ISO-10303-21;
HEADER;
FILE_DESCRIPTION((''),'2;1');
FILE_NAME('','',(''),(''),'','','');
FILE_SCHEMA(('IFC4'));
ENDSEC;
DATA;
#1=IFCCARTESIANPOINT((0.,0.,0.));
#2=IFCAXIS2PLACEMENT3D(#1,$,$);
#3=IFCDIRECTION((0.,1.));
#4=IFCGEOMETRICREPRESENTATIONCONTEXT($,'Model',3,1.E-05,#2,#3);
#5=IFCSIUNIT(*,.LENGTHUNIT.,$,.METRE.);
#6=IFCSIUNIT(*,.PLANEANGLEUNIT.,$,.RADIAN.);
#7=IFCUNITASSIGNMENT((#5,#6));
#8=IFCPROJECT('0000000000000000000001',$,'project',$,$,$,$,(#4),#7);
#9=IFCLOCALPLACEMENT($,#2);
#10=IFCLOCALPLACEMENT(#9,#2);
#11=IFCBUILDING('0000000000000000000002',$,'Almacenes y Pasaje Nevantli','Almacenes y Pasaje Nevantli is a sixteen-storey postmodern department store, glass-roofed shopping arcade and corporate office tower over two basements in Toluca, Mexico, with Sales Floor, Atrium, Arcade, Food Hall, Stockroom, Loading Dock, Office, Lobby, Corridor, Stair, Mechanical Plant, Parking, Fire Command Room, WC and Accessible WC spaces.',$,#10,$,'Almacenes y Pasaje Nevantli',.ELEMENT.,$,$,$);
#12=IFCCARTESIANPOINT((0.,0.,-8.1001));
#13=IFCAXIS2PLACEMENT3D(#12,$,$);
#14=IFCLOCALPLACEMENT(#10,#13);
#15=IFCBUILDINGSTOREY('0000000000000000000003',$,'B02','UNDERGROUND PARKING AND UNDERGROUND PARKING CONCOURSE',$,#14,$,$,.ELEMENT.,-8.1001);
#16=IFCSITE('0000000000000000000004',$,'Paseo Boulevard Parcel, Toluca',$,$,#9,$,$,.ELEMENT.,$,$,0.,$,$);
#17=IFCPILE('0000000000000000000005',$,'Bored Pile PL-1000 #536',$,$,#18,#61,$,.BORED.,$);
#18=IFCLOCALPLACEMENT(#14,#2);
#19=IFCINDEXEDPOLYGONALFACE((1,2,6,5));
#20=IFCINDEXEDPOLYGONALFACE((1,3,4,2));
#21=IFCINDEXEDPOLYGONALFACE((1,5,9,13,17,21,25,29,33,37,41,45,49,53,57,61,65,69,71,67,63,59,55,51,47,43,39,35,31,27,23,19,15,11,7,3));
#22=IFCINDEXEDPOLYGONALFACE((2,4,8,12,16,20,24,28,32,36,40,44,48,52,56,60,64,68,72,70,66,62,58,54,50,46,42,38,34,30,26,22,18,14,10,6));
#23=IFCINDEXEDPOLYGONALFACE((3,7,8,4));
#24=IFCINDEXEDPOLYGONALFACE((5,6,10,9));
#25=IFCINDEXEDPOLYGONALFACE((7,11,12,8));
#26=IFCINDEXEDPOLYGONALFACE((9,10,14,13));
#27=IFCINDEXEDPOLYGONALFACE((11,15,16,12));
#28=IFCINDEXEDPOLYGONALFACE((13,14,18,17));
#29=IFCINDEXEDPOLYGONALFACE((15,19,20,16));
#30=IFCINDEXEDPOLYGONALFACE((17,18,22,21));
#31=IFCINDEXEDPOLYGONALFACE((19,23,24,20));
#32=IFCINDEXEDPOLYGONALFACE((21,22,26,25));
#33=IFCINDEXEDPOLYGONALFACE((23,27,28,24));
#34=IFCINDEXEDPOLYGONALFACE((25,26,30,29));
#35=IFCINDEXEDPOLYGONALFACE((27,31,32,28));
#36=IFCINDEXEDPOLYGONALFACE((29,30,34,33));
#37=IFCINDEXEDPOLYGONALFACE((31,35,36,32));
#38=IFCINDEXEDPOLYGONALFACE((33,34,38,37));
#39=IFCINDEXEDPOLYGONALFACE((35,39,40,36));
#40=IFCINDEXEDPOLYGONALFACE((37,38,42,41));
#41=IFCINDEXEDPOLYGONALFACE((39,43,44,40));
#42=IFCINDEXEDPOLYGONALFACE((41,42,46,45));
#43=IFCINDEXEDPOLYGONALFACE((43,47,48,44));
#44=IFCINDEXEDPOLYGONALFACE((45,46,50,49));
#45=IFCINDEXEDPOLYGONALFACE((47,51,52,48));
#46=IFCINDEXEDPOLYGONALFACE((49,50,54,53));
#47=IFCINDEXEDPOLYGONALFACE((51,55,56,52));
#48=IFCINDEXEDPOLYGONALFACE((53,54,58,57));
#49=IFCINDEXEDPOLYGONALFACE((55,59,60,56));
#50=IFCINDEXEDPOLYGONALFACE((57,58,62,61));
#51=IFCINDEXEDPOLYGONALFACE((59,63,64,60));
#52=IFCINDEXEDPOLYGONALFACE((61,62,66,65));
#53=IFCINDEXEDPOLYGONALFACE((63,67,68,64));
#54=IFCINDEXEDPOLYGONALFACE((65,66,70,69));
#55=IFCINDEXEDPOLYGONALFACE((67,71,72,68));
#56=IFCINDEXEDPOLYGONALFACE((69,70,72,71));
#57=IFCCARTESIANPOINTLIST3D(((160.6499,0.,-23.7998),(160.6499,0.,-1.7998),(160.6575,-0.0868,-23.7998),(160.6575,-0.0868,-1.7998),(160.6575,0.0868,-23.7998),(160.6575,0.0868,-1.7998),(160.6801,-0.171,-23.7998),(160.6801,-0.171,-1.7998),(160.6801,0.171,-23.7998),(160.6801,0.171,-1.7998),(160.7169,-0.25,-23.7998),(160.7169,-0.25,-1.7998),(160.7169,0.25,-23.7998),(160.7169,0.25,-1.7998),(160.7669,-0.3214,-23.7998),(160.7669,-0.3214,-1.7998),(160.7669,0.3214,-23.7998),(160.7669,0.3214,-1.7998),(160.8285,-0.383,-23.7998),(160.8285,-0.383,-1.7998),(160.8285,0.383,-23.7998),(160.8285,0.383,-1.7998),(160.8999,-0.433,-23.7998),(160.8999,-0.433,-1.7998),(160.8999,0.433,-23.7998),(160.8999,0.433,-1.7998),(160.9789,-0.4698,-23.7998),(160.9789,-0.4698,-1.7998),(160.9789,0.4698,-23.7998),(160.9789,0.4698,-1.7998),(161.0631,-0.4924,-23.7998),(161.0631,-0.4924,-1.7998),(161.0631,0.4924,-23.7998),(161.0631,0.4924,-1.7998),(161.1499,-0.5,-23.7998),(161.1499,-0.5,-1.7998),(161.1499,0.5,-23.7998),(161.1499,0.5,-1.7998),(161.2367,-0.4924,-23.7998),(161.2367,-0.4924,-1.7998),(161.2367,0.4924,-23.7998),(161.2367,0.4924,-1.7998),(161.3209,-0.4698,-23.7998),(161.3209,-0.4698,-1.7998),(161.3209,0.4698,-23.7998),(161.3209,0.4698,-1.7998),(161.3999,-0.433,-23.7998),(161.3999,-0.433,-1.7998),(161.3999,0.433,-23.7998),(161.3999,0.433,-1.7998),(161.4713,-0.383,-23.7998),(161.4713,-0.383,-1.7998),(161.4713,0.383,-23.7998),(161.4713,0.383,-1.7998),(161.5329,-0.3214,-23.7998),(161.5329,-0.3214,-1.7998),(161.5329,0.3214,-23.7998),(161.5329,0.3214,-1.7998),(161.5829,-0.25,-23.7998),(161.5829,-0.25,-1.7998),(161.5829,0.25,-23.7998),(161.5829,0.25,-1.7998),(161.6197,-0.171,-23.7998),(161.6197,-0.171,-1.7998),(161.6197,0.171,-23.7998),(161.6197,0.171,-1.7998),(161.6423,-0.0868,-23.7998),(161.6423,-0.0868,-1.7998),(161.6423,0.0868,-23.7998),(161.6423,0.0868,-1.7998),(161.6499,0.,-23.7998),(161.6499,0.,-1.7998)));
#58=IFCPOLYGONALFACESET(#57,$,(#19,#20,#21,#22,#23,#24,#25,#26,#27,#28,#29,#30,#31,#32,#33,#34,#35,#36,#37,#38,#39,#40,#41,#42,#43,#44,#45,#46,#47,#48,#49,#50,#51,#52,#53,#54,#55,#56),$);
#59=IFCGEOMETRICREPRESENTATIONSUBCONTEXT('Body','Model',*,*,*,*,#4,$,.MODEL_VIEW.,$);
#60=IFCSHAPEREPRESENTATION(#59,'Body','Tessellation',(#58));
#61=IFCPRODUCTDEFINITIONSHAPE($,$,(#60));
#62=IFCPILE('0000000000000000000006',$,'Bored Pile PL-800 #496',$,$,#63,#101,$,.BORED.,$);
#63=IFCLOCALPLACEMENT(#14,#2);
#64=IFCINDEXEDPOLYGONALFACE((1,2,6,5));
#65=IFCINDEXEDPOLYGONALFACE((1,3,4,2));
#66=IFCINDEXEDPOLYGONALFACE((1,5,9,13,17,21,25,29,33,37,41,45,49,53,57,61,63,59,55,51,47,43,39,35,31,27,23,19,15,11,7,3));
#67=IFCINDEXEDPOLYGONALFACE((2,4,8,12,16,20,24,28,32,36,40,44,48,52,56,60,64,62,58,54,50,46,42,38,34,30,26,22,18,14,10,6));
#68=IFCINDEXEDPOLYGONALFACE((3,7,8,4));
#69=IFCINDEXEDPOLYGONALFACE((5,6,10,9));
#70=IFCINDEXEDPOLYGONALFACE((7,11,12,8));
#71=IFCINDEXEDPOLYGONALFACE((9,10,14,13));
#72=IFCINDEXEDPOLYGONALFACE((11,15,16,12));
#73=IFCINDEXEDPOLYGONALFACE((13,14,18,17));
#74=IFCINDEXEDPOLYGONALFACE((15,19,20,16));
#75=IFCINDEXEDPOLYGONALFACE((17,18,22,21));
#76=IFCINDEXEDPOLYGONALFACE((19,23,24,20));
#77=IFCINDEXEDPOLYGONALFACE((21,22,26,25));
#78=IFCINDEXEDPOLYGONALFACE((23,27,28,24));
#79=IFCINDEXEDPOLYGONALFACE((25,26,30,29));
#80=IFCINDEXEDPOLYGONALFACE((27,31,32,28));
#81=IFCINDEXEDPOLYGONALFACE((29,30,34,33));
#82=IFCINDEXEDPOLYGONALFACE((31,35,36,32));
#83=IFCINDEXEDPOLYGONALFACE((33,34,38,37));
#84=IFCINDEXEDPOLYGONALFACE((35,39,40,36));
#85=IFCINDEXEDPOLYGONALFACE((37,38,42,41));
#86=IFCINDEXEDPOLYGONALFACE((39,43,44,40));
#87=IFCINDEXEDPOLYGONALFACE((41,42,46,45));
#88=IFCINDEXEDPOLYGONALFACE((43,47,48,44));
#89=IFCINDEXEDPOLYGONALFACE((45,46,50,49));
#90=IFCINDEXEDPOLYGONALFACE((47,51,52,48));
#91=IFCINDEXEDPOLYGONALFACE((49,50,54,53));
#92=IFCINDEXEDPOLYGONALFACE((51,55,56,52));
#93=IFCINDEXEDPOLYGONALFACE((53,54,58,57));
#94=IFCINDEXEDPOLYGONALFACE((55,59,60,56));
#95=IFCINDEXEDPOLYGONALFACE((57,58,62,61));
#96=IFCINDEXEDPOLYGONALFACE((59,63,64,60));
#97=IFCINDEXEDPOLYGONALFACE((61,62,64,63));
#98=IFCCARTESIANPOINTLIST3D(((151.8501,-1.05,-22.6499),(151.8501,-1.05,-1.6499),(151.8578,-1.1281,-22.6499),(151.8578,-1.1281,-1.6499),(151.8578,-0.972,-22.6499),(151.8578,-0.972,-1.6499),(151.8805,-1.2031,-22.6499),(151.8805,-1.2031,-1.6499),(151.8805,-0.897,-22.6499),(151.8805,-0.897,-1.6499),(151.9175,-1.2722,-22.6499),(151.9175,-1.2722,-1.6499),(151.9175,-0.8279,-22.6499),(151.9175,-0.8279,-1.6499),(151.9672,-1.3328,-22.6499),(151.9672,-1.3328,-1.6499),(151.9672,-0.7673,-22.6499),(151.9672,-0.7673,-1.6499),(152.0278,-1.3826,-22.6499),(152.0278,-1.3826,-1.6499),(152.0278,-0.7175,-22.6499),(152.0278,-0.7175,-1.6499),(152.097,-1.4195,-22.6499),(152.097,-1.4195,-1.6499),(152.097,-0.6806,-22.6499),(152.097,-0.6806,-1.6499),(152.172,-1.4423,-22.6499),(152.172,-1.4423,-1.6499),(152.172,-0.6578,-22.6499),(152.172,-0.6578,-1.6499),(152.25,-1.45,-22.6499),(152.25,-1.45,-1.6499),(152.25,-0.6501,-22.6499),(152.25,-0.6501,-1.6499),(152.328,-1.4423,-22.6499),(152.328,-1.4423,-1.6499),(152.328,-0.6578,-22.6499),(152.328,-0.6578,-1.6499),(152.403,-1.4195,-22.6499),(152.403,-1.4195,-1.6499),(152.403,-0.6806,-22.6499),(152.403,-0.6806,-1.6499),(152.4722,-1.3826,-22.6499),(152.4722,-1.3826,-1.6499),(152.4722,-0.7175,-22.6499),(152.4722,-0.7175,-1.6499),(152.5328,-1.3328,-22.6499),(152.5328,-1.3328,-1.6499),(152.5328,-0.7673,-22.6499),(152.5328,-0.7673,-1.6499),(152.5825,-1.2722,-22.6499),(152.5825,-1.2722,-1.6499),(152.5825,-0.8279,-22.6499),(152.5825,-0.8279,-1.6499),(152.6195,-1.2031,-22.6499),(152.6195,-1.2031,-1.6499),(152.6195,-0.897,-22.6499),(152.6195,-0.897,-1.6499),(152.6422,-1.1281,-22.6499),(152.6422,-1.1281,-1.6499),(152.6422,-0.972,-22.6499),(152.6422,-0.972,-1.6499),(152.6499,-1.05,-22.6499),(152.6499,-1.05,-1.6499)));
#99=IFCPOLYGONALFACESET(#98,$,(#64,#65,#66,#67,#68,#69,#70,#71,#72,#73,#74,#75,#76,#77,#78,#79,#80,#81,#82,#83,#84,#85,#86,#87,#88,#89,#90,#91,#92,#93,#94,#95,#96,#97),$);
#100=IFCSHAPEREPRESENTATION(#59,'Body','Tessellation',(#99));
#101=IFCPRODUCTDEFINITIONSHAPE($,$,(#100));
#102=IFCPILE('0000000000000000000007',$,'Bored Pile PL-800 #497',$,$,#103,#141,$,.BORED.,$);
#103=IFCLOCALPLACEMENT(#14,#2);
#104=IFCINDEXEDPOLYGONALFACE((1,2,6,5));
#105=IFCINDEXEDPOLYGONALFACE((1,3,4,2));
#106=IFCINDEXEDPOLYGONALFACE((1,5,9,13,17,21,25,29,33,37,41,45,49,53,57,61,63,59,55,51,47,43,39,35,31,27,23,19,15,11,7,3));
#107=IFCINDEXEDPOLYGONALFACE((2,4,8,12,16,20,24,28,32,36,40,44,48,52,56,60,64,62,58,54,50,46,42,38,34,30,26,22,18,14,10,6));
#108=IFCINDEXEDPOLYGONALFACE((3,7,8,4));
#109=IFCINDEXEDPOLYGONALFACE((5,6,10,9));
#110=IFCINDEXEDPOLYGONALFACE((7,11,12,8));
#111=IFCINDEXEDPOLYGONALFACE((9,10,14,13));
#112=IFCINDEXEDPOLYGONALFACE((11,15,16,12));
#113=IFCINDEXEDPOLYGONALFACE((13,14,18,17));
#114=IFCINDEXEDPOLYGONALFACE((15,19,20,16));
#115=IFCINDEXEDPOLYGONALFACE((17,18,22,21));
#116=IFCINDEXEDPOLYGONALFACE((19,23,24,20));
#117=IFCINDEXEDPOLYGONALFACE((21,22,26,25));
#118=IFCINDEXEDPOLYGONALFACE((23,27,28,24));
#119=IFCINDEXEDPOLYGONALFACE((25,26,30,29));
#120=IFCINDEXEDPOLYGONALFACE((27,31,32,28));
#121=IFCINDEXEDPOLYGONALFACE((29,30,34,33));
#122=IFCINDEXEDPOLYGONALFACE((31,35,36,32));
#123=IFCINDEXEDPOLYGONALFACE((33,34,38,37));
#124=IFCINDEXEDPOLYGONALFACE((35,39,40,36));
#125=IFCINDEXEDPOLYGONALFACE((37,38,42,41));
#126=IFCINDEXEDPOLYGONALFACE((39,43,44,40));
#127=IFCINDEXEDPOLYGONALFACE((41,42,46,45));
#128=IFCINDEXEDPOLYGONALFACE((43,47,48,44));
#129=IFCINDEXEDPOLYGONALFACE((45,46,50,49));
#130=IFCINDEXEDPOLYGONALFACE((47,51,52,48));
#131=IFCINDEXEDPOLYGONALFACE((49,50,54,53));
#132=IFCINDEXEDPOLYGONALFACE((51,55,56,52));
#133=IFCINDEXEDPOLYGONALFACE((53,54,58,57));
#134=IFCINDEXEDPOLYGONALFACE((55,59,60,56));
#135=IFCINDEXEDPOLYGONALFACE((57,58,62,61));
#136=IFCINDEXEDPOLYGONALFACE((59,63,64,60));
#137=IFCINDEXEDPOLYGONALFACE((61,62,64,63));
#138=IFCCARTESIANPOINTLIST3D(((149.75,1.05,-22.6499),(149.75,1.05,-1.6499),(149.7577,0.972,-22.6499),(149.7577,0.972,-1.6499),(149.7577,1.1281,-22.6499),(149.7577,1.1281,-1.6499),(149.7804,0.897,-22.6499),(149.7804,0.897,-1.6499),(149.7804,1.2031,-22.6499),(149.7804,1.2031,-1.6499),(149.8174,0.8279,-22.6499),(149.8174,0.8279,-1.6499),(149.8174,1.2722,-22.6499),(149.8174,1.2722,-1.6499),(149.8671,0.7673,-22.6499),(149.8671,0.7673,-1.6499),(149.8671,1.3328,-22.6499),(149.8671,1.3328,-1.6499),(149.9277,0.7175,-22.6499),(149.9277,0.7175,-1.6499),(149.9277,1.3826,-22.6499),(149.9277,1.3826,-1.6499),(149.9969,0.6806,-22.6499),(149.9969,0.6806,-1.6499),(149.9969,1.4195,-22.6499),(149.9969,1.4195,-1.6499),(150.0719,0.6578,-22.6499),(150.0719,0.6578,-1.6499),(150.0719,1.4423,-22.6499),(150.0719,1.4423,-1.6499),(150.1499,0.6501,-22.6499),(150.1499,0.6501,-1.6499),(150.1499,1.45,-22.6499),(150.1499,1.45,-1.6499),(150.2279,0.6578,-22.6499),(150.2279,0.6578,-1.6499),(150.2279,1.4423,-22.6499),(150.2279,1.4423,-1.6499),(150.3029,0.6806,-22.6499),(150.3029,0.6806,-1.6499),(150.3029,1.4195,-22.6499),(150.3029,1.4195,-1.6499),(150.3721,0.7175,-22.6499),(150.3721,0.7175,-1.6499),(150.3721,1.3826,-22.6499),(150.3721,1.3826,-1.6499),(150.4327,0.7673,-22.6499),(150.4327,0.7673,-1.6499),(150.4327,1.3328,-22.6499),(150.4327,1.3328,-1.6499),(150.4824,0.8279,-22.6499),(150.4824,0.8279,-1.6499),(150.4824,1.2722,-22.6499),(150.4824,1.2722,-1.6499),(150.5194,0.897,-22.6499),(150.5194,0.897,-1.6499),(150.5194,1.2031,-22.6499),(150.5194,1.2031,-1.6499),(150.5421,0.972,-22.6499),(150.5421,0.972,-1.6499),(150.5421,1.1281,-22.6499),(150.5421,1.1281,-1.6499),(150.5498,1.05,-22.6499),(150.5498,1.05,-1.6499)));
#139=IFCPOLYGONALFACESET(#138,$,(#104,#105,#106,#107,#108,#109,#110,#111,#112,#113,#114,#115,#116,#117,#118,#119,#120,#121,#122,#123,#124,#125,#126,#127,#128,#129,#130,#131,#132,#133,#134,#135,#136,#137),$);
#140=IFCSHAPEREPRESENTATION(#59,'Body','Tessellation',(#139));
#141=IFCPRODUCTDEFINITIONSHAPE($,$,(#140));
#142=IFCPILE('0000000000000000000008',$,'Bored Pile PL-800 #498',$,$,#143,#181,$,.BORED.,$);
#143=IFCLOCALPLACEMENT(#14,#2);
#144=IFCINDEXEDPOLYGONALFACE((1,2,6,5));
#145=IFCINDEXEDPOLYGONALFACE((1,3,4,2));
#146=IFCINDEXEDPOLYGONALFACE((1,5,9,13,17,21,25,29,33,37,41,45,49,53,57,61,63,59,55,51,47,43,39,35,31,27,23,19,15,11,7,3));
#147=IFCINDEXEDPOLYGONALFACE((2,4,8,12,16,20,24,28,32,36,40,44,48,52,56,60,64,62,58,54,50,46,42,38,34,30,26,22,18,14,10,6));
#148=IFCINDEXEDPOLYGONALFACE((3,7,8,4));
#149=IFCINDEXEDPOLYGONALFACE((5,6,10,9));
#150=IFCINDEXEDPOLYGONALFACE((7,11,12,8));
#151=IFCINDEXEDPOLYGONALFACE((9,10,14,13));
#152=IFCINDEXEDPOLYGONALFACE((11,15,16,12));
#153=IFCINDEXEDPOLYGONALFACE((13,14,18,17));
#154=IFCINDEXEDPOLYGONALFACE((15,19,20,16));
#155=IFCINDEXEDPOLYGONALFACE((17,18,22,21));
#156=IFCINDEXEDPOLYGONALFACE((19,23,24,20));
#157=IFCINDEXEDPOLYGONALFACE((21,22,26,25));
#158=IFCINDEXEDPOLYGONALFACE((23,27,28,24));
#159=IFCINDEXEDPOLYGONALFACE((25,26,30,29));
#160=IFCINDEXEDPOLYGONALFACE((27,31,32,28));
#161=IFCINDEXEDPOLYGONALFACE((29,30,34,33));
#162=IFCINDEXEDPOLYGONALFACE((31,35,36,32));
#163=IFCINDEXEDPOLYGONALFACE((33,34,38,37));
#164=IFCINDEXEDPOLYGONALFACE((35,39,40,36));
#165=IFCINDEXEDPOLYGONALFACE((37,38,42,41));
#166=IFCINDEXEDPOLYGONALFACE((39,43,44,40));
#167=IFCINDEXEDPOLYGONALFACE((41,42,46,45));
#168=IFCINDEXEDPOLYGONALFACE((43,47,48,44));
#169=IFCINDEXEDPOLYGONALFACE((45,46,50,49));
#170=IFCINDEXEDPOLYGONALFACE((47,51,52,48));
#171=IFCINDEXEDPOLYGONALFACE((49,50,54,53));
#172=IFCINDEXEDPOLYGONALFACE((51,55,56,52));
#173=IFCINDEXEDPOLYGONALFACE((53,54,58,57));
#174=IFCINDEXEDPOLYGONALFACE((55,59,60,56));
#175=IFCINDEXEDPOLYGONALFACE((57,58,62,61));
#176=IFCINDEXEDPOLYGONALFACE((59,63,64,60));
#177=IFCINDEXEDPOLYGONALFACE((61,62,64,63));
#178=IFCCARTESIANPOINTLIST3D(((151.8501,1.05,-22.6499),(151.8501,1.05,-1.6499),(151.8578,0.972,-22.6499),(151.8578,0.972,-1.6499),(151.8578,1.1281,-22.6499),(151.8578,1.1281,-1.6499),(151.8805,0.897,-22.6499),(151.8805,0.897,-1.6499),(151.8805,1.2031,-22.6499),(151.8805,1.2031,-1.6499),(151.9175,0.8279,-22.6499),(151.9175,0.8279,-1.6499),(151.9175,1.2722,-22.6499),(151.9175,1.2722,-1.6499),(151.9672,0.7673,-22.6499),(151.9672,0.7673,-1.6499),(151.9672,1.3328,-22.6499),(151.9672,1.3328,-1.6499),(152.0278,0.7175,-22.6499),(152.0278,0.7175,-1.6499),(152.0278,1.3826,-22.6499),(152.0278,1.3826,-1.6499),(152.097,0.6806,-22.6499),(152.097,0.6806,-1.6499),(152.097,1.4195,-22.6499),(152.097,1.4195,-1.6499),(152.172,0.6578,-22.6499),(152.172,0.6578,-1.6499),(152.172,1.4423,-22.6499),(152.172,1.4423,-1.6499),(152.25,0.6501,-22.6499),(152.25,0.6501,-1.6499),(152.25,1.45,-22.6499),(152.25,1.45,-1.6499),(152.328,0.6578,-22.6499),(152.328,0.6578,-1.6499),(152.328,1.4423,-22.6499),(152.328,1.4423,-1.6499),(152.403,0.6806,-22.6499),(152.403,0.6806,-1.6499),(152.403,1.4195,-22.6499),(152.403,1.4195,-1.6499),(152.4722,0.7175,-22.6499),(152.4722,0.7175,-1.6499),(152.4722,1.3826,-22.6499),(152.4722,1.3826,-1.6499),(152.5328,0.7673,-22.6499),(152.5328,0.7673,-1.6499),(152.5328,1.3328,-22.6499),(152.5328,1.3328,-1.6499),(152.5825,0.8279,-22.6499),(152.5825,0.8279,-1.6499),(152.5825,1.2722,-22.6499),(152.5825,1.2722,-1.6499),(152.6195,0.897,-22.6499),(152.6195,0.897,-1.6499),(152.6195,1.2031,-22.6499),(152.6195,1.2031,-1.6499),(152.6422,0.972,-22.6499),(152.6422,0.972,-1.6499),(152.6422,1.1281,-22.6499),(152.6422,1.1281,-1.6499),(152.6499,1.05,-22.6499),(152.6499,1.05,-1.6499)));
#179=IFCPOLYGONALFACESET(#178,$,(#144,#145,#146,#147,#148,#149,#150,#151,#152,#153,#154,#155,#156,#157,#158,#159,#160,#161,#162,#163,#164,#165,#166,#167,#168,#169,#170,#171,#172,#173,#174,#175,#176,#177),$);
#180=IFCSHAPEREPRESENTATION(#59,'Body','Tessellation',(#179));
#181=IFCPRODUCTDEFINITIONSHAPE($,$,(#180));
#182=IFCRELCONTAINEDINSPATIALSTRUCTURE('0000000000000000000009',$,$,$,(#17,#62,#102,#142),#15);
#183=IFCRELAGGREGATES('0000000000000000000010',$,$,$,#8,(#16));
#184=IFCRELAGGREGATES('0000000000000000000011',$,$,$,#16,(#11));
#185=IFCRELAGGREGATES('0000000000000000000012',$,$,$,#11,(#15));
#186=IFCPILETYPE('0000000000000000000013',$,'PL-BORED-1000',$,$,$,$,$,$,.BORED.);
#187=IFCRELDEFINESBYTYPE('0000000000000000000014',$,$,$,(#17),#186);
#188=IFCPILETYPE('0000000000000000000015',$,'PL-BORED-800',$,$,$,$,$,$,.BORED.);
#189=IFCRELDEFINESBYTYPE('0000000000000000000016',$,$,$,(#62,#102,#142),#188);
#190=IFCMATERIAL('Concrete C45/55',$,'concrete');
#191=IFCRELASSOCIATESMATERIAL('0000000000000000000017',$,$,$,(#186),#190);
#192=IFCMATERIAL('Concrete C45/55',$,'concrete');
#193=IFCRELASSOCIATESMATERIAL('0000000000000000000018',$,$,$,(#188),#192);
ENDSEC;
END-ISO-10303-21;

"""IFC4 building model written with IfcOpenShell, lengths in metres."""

from ifc_helpers import new_model, si_unit, direction, frame, origin, origin_2d, place, context, subcontext, project, spatial, circle, extrude, material, material_profile, profile_set, type_object, element, save


model = new_model("IFC4")

# Units and contexts
model_context = context("Model", 3, precision=1e-05, world=origin(), true_north=direction((0.0, 1.0)))
body_context = subcontext(model_context, "Body", "Model", "MODEL_VIEW")
ifc_project = project(units=[si_unit("LENGTHUNIT", "METRE"), si_unit("PLANEANGLEUNIT", "RADIAN")], contexts=[model_context])

# Site, building, storey
site_placement = place(None, origin())
site = spatial("IfcSite", under=ifc_project, at=site_placement, Name="Paseo Boulevard Parcel, Toluca", CompositionType="ELEMENT", RefElevation=0.0)
building_placement = place(site_placement, origin())
building = spatial("IfcBuilding", under=site, at=building_placement, Name="Almacenes y Pasaje Nevantli", Description="Almacenes y Pasaje Nevantli is a sixteen-storey postmodern department store, glass-roofed shopping arcade and corporate office tower over two basements in Toluca, Mexico, with Sales Floor, Atrium, Arcade, Food Hall, Stockroom, Loading Dock, Office, Lobby, Corridor, Stair, Mechanical Plant, Parking, Fire Command Room, WC and Accessible WC spaces.", LongName="Almacenes y Pasaje Nevantli", CompositionType="ELEMENT")
storey_placement = place(building_placement, frame((0.0, 0.0, -8.1001)))
storey = spatial("IfcBuildingStorey", under=building, at=storey_placement, Name="B02", Description="UNDERGROUND PARKING AND UNDERGROUND PARKING CONCOURSE", CompositionType="ELEMENT", Elevation=-8.1001)

# Piles
ifc_material_1 = material(Name="Concrete C45/55", Category="concrete")
ifc_material_profile_1 = material_profile(ifc_material_1, circle(Radius=0.5, at=origin_2d()), Name="RC-PILE-D1000")
ifc_profile_set_1 = profile_set([ifc_material_profile_1], Name="Concrete C45/55")
pile_type_1 = type_object("IfcPileType", Name="PL-BORED-1000", PredefinedType="BORED", material=ifc_profile_set_1)
for number, where, z_axis, x_axis, name in (
    (1, (161.1499, 0.0, -1.7998), (0.0, 0.0, -1.0), (1.0, 0.0, 0.0), "Bored Pile PL-1000 #536"),
):
    element("IfcPile", number, at=place(storey_placement, frame(where, z_axis=z_axis, x_axis=x_axis)), inside=storey, type_object=pile_type_1, Name=name, PredefinedType="BORED", context=body_context, shape_type="SweptSolid", body=[
        extrude(circle(Radius=0.5, at=origin_2d()), origin(), (0.0, 0.0, 1.0), 22.0),
    ])
ifc_material_2 = material(Name="Concrete C45/55", Category="concrete")
ifc_material_profile_2 = material_profile(ifc_material_2, circle(Radius=0.3999, at=origin_2d()), Name="RC-PILE-D800")
ifc_profile_set_2 = profile_set([ifc_material_profile_2], Name="Concrete C45/55")
pile_type_2 = type_object("IfcPileType", Name="PL-BORED-800", PredefinedType="BORED", material=ifc_profile_set_2)
for number, where, z_axis, x_axis, name in (
    (2, (152.25, -1.05, -1.6499), (0.0, 0.0, -1.0), (1.0, 0.0, 0.0), "Bored Pile PL-800 #496"),
    (3, (150.1499, 1.05, -1.6499), (0.0, 0.0, -1.0), (1.0, 0.0, 0.0), "Bored Pile PL-800 #497"),
    (4, (152.25, 1.05, -1.6499), (0.0, 0.0, -1.0), (1.0, 0.0, 0.0), "Bored Pile PL-800 #498"),
):
    element("IfcPile", number, at=place(storey_placement, frame(where, z_axis=z_axis, x_axis=x_axis)), inside=storey, type_object=pile_type_2, Name=name, PredefinedType="BORED", context=body_context, shape_type="SweptSolid", body=[
        extrude(circle(Radius=0.3999, at=origin_2d()), origin(), (0.0, 0.0, 1.0), 21.0),
    ])

save(model, "model.ifc")
